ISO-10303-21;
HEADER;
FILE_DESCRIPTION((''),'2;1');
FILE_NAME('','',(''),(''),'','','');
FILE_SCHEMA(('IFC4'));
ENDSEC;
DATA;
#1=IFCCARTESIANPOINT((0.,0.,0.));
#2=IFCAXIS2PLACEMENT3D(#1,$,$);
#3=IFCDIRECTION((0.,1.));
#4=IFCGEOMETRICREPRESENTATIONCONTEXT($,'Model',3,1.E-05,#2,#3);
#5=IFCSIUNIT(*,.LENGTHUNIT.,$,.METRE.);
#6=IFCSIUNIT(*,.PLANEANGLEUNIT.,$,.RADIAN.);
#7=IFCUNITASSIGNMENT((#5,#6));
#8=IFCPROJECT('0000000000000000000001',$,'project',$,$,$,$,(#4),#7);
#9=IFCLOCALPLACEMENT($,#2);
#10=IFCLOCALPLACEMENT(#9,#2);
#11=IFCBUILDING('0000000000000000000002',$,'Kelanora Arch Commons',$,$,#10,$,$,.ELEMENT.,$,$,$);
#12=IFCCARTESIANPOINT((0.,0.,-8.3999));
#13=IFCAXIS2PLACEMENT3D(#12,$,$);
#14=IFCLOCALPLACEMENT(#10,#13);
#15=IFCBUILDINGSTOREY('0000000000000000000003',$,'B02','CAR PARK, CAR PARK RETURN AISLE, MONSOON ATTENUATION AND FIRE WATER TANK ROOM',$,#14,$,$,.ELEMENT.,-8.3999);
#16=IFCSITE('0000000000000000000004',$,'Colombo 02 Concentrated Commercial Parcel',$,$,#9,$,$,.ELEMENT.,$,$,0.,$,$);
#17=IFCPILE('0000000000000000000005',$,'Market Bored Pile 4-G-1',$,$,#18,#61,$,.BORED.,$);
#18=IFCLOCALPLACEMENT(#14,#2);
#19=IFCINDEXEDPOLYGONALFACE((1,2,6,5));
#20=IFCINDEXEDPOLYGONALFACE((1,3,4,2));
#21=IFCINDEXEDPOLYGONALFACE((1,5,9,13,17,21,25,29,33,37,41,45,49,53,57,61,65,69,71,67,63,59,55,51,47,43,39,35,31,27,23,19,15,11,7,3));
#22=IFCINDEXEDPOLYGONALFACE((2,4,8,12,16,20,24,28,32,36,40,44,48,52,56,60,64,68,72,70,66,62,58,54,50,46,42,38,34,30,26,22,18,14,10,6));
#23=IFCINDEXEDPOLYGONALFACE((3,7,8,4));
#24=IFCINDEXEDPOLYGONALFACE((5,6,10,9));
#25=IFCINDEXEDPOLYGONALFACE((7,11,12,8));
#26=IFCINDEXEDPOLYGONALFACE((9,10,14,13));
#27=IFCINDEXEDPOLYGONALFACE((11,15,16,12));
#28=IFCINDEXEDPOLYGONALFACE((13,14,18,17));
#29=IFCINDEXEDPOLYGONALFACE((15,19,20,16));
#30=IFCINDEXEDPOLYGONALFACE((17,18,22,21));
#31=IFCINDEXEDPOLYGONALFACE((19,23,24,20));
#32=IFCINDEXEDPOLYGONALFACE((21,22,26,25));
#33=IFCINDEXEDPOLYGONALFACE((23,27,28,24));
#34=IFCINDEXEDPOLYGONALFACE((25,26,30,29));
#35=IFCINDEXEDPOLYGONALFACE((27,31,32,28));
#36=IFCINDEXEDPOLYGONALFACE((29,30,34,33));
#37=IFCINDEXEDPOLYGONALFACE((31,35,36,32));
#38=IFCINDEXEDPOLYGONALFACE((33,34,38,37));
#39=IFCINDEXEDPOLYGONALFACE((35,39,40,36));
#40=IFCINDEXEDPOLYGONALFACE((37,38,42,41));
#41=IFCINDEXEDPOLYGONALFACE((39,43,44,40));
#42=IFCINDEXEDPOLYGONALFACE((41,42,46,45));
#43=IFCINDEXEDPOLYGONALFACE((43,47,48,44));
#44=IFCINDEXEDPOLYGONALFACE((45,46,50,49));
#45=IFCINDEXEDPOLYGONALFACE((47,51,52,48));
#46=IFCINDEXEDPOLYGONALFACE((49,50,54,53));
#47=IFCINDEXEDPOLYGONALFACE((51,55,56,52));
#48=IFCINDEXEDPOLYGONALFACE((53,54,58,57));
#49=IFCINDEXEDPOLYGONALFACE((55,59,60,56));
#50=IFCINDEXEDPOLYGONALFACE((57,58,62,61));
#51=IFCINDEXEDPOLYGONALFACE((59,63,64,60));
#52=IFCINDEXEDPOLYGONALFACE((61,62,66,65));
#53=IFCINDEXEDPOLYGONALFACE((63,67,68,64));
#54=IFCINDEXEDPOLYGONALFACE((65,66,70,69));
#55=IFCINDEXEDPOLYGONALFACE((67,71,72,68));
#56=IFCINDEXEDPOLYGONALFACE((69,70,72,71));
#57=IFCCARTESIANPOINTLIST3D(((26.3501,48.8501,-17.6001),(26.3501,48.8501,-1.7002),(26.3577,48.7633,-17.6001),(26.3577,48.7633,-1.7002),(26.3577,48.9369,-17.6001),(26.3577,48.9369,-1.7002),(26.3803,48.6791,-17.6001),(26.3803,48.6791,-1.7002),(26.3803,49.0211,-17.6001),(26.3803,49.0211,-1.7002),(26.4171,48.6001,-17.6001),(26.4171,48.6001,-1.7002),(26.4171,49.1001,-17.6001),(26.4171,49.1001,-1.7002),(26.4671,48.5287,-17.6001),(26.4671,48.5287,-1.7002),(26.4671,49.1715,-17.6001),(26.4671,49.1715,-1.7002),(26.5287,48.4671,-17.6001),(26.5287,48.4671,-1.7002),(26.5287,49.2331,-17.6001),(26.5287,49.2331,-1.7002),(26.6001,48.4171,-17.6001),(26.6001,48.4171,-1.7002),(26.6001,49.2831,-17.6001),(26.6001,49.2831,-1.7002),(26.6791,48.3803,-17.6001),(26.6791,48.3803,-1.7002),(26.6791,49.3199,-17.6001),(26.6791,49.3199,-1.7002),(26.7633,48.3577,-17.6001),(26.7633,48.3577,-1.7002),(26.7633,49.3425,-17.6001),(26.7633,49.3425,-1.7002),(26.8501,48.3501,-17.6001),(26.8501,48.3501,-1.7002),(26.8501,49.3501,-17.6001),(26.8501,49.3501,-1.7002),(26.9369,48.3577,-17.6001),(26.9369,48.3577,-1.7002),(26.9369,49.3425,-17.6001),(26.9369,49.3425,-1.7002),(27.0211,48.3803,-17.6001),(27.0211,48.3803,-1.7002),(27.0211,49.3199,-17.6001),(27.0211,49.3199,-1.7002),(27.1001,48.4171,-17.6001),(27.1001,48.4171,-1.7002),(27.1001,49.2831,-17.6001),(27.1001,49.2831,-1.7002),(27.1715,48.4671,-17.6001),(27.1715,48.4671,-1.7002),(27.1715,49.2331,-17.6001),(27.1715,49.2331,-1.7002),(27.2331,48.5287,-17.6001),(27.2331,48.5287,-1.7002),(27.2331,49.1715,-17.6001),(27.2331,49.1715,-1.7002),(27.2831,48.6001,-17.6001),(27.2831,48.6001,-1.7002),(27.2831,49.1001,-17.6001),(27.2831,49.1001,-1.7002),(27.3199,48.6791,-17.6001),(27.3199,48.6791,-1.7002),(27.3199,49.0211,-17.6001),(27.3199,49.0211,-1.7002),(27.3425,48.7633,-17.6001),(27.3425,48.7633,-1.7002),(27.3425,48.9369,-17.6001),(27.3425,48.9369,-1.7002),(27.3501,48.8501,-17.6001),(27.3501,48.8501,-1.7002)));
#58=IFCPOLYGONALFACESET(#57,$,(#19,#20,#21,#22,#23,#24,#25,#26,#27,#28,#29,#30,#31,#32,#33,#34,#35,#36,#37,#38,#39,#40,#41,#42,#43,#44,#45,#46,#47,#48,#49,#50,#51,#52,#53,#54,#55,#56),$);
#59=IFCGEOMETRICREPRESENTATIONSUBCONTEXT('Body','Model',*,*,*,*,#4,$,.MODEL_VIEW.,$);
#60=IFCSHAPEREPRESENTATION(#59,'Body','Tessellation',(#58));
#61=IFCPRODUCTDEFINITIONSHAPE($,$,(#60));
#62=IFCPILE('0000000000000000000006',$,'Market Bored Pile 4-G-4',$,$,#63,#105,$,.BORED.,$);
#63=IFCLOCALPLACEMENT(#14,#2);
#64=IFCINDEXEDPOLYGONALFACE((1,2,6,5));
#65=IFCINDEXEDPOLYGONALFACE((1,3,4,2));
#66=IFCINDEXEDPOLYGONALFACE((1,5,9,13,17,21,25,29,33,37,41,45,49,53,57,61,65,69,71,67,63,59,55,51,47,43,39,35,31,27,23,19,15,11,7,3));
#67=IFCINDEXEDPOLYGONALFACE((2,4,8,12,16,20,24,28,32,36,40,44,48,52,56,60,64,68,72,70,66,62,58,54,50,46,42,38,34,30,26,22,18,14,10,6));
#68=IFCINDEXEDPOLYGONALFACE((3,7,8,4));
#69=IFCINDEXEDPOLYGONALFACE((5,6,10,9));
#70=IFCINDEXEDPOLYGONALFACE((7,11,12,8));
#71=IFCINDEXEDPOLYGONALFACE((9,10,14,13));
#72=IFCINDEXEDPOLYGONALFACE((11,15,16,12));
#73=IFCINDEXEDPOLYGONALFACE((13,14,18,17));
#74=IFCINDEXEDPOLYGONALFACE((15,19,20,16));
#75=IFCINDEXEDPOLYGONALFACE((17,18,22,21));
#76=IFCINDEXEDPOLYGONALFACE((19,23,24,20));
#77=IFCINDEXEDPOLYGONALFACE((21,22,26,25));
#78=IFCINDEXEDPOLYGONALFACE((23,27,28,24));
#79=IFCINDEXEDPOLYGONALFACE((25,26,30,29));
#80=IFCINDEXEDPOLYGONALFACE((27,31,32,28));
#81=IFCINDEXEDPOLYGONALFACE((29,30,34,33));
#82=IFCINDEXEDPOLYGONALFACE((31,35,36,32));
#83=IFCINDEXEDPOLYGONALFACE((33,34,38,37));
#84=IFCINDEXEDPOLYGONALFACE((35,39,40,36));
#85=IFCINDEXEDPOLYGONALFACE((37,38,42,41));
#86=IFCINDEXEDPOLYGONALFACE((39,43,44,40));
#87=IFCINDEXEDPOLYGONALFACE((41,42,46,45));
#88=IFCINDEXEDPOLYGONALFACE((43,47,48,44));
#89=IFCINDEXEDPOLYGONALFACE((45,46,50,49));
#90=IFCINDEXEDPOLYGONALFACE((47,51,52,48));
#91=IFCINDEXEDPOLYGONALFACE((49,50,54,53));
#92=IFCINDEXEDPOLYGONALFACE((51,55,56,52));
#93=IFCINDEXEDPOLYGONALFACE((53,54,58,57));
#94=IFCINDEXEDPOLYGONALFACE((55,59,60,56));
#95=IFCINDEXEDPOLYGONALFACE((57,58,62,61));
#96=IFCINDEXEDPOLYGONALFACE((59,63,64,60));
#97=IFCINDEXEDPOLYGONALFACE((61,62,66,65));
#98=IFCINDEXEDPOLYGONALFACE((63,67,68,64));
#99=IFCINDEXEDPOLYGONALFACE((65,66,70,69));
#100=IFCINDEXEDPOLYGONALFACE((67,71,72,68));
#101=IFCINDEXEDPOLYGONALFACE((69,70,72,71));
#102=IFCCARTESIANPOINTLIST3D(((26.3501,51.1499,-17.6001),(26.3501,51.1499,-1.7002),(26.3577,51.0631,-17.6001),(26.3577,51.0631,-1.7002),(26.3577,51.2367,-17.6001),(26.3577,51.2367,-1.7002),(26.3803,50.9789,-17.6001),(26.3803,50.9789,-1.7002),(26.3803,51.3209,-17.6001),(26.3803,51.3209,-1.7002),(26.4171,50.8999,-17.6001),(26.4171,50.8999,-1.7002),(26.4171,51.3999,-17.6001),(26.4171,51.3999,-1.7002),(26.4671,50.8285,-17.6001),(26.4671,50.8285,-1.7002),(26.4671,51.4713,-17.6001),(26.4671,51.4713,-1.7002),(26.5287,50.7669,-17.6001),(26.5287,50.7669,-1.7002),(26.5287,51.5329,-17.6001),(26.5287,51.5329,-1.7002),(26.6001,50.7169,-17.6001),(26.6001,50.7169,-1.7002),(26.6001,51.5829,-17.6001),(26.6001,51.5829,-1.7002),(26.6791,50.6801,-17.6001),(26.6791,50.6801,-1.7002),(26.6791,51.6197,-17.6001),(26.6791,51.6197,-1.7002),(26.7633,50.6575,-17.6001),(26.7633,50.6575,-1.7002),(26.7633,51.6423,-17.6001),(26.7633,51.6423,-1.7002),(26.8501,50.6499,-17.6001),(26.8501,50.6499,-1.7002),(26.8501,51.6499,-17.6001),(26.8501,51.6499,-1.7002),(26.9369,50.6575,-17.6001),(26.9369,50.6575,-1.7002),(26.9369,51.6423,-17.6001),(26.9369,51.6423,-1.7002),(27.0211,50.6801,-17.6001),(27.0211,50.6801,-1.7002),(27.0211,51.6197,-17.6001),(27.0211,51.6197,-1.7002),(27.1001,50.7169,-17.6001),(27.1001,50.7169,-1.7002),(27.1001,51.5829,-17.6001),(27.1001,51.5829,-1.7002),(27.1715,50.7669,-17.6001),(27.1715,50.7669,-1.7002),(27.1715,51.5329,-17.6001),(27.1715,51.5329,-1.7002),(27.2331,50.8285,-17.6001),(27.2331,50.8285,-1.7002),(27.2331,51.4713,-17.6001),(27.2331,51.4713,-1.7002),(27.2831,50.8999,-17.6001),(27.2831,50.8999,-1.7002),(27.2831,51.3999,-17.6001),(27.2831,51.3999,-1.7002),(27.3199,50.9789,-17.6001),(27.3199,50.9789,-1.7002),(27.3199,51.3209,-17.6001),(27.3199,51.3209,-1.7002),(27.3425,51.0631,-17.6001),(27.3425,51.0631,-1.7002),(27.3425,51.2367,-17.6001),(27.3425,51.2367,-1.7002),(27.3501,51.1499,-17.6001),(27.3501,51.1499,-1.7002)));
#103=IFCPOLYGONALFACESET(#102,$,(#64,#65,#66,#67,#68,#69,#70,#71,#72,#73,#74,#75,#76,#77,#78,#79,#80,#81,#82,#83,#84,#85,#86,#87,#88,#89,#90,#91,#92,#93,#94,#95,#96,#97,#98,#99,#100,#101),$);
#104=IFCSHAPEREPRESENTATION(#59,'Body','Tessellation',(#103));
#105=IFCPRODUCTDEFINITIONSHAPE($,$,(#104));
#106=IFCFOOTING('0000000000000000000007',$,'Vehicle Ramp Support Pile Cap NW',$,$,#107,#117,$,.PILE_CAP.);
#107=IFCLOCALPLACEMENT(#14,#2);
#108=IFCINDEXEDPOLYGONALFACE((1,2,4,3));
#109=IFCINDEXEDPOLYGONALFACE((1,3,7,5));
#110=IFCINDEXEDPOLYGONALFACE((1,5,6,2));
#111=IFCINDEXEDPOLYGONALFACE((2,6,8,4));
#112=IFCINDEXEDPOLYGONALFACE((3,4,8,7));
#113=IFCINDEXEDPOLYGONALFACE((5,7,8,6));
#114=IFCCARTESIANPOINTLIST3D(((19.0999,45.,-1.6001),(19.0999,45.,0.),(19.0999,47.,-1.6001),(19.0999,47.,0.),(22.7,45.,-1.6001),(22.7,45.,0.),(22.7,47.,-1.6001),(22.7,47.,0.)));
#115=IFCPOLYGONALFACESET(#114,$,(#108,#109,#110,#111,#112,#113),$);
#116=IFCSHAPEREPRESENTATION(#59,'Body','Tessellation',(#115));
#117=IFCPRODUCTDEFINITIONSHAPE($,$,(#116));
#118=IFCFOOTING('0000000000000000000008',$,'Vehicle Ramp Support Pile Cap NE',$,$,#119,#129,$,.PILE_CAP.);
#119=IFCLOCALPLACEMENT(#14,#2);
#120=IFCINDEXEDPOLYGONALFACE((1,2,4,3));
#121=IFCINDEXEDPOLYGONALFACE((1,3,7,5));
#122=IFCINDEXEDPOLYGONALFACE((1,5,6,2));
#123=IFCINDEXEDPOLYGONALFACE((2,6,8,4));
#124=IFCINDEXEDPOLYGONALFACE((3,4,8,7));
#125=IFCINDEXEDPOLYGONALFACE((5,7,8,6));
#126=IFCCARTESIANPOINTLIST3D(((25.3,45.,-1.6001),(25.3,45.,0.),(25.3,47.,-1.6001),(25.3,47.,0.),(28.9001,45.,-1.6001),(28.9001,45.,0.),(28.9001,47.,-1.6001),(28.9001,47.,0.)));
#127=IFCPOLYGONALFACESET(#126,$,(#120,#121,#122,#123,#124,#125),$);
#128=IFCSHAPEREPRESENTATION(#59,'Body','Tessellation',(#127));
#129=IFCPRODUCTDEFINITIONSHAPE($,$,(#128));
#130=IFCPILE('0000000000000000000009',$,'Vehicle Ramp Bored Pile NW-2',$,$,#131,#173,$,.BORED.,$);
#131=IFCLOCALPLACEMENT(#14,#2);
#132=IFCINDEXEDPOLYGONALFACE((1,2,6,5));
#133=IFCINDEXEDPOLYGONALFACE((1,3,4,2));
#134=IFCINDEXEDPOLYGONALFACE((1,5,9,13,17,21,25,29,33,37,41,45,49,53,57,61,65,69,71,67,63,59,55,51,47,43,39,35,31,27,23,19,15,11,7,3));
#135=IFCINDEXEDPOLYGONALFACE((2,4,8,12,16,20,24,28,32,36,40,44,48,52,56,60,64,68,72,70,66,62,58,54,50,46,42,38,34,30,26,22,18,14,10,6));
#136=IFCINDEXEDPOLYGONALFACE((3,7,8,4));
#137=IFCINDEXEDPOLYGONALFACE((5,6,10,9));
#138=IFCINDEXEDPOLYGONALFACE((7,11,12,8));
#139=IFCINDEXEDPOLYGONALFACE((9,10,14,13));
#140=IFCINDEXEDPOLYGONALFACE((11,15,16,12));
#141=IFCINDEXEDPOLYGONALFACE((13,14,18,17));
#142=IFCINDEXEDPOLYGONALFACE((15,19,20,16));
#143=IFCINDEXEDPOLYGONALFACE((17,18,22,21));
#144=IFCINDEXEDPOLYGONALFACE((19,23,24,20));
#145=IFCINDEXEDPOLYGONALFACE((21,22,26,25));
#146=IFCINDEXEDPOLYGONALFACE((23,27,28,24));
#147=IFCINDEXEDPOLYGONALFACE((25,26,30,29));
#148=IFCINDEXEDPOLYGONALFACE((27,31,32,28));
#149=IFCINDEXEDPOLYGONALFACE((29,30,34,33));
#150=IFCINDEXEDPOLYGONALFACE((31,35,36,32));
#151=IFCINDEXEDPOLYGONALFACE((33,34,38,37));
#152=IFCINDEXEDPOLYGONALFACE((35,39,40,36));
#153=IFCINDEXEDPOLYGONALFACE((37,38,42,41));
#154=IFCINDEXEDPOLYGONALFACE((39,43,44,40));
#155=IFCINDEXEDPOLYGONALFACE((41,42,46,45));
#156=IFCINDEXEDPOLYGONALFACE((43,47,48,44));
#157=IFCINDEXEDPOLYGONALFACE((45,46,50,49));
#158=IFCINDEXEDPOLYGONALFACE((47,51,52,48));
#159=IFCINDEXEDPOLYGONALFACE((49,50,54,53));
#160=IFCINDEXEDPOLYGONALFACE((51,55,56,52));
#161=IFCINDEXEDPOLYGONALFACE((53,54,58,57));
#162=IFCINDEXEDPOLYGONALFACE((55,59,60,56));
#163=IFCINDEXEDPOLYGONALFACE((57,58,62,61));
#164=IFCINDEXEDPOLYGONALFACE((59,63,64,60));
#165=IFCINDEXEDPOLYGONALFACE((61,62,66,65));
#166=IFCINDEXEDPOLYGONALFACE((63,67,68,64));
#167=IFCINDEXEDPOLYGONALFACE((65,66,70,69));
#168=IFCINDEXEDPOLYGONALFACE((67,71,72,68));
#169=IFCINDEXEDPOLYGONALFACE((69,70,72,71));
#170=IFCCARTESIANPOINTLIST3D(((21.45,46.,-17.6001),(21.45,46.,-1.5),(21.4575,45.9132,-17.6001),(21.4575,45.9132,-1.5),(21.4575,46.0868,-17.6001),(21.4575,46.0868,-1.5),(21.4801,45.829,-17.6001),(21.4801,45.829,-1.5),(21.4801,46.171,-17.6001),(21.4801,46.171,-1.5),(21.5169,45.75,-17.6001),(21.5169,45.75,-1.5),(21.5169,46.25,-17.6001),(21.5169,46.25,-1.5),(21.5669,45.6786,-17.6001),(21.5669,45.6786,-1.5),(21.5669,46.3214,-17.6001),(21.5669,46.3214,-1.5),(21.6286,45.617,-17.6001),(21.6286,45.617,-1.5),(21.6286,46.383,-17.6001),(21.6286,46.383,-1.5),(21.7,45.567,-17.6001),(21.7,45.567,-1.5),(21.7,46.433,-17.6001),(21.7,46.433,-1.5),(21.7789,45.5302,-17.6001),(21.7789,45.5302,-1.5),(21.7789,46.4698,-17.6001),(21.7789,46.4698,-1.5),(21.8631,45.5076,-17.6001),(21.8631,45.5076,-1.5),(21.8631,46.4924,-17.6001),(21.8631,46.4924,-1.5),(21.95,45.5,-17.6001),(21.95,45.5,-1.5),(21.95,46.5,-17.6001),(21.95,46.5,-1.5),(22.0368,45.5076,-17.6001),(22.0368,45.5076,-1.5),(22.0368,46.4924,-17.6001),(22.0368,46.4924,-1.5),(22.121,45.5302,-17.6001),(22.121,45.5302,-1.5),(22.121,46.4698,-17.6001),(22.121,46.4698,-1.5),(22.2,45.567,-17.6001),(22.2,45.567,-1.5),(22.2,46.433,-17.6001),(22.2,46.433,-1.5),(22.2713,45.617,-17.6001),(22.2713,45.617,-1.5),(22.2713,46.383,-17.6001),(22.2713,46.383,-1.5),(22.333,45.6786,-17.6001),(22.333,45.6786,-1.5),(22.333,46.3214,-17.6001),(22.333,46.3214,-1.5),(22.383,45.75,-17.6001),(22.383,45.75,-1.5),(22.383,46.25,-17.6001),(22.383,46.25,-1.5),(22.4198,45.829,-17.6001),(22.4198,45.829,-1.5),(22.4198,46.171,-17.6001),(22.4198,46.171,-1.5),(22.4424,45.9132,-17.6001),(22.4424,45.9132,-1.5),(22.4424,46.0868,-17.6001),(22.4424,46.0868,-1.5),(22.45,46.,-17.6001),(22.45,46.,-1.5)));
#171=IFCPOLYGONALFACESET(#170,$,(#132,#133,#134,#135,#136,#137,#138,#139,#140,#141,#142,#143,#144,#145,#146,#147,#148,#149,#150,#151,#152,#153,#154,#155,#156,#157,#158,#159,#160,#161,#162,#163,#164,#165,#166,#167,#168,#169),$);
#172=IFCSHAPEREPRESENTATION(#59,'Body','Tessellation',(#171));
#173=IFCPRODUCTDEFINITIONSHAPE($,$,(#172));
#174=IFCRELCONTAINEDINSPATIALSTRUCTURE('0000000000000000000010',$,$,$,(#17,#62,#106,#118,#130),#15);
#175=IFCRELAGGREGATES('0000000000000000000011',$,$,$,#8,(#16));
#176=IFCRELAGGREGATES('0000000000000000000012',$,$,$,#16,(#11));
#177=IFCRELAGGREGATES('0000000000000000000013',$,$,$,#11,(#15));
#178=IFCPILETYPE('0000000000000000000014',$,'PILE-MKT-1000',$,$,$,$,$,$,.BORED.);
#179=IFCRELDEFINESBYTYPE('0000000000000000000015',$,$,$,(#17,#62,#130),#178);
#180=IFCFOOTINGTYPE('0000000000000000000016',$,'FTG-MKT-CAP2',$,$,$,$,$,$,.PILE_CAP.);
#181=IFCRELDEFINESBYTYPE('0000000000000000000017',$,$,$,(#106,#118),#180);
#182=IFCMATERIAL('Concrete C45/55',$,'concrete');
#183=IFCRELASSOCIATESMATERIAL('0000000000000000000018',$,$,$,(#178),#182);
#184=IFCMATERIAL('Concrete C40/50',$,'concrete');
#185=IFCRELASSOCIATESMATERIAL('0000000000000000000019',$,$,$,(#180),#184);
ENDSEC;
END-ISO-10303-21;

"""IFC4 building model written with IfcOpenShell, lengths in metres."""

from ifc_helpers import new_model, si_unit, direction, frame, origin, origin_2d, place, context, subcontext, project, spatial, rectangle, circle, extrude, source, transform, mapped, material, material_profile, profile_set, type_object, element, save


model = new_model("IFC4")

# Units and contexts
model_context = context("Model", 3, precision=1e-05, world=origin(), true_north=direction((0.0, 1.0)))
body_context = subcontext(model_context, "Body", "Model", "MODEL_VIEW")
ifc_project = project(units=[si_unit("LENGTHUNIT", "METRE"), si_unit("PLANEANGLEUNIT", "RADIAN")], contexts=[model_context])

# Site, building, storey
site_placement = place(None, origin())
site = spatial("IfcSite", under=ifc_project, at=site_placement, Name="Colombo 02 Concentrated Commercial Parcel", CompositionType="ELEMENT", RefElevation=0.0)
building_placement = place(site_placement, origin())
building = spatial("IfcBuilding", under=site, at=building_placement, Name="Kelanora Arch Commons", CompositionType="ELEMENT")
storey_placement = place(building_placement, frame((0.0, 0.0, -8.3999)))
storey = spatial("IfcBuildingStorey", under=building, at=storey_placement, Name="B02", Description="CAR PARK, CAR PARK RETURN AISLE, MONSOON ATTENUATION AND FIRE WATER TANK ROOM", CompositionType="ELEMENT", Elevation=-8.3999)

# Shared definitions
ifc_material_1 = material(Name="Concrete C40/50", Category="concrete")

# Piles
ifc_material_2 = material(Name="Concrete C45/55", Category="concrete")
ifc_material_profile_1 = material_profile(ifc_material_2, circle(Radius=0.5, at=origin_2d()), Name="PILE1000")
ifc_profile_set_1 = profile_set([ifc_material_profile_1], Name="Concrete C45/55")
pile_type = type_object("IfcPileType", Name="PILE-MKT-1000", PredefinedType="BORED", material=ifc_profile_set_1)
shared_shape_1 = source(origin(), body_context, "Body", "SweptSolid", [
    extrude(circle(Radius=0.5, at=origin_2d()), origin(), (0.0, 0.0, 1.0), 15.8999),
])
for number, where, z_axis, x_axis, name in (
    (1, (26.8501, 48.8501, -1.7002), (0.0, 0.0, -1.0), (1.0, 0.0, 0.0), "Market Bored Pile 4-G-1"),
    (2, (26.8501, 51.1499, -1.7002), (0.0, 0.0, -1.0), (1.0, 0.0, 0.0), "Market Bored Pile 4-G-4"),
):
    element("IfcPile", number, at=place(storey_placement, frame(where, z_axis=z_axis, x_axis=x_axis)), inside=storey, type_object=pile_type, Name=name, PredefinedType="BORED", context=body_context, shape_type="MappedRepresentation", body=[
        mapped(shared_shape_1, transform((0.0, 0.0, 0.0), scale=1.0)),
    ])

# Footings
footing_type_1 = type_object("IfcFootingType", Name="FTG-MKT-CAP2", PredefinedType="PILE_CAP", material=ifc_material_1)
shared_shape_2 = source(origin(), body_context, "Body", "SweptSolid", [
    extrude(rectangle(XDim=3.6001, YDim=2.0, at=origin_2d()), origin(), (0.0, 0.0, 1.0), 1.6001),
])
for number, where, z_axis, x_axis, name in (
    (3, (20.8999, 46.0, -1.6001), (0.0, 0.0, 1.0), (1.0, 0.0, 0.0), "Vehicle Ramp Support Pile Cap NW"),
    (4, (27.1001, 46.0, -1.6001), (0.0, 0.0, 1.0), (1.0, 0.0, 0.0), "Vehicle Ramp Support Pile Cap NE"),
):
    element("IfcFooting", number, at=place(storey_placement, frame(where, z_axis=z_axis, x_axis=x_axis)), inside=storey, type_object=footing_type_1, Name=name, PredefinedType="PILE_CAP", context=body_context, shape_type="MappedRepresentation", body=[
        mapped(shared_shape_2, transform((0.0, 0.0, 0.0), scale=1.0)),
    ])

# Pile
shared_shape_3 = source(origin(), body_context, "Body", "SweptSolid", [
    extrude(circle(Radius=0.5, at=origin_2d()), origin(), (0.0, 0.0, 1.0), 16.1001),
])
for number, where, z_axis, x_axis, name in (
    (5, (21.95, 46.0, -1.5), (0.0, 0.0, -1.0), (1.0, 0.0, 0.0), "Vehicle Ramp Bored Pile NW-2"),
):
    element("IfcPile", number, at=place(storey_placement, frame(where, z_axis=z_axis, x_axis=x_axis)), inside=storey, type_object=pile_type, Name=name, PredefinedType="BORED", context=body_context, shape_type="MappedRepresentation", body=[
        mapped(shared_shape_3, transform((0.0, 0.0, 0.0), scale=1.0)),
    ])

save(model, "model.ifc")
